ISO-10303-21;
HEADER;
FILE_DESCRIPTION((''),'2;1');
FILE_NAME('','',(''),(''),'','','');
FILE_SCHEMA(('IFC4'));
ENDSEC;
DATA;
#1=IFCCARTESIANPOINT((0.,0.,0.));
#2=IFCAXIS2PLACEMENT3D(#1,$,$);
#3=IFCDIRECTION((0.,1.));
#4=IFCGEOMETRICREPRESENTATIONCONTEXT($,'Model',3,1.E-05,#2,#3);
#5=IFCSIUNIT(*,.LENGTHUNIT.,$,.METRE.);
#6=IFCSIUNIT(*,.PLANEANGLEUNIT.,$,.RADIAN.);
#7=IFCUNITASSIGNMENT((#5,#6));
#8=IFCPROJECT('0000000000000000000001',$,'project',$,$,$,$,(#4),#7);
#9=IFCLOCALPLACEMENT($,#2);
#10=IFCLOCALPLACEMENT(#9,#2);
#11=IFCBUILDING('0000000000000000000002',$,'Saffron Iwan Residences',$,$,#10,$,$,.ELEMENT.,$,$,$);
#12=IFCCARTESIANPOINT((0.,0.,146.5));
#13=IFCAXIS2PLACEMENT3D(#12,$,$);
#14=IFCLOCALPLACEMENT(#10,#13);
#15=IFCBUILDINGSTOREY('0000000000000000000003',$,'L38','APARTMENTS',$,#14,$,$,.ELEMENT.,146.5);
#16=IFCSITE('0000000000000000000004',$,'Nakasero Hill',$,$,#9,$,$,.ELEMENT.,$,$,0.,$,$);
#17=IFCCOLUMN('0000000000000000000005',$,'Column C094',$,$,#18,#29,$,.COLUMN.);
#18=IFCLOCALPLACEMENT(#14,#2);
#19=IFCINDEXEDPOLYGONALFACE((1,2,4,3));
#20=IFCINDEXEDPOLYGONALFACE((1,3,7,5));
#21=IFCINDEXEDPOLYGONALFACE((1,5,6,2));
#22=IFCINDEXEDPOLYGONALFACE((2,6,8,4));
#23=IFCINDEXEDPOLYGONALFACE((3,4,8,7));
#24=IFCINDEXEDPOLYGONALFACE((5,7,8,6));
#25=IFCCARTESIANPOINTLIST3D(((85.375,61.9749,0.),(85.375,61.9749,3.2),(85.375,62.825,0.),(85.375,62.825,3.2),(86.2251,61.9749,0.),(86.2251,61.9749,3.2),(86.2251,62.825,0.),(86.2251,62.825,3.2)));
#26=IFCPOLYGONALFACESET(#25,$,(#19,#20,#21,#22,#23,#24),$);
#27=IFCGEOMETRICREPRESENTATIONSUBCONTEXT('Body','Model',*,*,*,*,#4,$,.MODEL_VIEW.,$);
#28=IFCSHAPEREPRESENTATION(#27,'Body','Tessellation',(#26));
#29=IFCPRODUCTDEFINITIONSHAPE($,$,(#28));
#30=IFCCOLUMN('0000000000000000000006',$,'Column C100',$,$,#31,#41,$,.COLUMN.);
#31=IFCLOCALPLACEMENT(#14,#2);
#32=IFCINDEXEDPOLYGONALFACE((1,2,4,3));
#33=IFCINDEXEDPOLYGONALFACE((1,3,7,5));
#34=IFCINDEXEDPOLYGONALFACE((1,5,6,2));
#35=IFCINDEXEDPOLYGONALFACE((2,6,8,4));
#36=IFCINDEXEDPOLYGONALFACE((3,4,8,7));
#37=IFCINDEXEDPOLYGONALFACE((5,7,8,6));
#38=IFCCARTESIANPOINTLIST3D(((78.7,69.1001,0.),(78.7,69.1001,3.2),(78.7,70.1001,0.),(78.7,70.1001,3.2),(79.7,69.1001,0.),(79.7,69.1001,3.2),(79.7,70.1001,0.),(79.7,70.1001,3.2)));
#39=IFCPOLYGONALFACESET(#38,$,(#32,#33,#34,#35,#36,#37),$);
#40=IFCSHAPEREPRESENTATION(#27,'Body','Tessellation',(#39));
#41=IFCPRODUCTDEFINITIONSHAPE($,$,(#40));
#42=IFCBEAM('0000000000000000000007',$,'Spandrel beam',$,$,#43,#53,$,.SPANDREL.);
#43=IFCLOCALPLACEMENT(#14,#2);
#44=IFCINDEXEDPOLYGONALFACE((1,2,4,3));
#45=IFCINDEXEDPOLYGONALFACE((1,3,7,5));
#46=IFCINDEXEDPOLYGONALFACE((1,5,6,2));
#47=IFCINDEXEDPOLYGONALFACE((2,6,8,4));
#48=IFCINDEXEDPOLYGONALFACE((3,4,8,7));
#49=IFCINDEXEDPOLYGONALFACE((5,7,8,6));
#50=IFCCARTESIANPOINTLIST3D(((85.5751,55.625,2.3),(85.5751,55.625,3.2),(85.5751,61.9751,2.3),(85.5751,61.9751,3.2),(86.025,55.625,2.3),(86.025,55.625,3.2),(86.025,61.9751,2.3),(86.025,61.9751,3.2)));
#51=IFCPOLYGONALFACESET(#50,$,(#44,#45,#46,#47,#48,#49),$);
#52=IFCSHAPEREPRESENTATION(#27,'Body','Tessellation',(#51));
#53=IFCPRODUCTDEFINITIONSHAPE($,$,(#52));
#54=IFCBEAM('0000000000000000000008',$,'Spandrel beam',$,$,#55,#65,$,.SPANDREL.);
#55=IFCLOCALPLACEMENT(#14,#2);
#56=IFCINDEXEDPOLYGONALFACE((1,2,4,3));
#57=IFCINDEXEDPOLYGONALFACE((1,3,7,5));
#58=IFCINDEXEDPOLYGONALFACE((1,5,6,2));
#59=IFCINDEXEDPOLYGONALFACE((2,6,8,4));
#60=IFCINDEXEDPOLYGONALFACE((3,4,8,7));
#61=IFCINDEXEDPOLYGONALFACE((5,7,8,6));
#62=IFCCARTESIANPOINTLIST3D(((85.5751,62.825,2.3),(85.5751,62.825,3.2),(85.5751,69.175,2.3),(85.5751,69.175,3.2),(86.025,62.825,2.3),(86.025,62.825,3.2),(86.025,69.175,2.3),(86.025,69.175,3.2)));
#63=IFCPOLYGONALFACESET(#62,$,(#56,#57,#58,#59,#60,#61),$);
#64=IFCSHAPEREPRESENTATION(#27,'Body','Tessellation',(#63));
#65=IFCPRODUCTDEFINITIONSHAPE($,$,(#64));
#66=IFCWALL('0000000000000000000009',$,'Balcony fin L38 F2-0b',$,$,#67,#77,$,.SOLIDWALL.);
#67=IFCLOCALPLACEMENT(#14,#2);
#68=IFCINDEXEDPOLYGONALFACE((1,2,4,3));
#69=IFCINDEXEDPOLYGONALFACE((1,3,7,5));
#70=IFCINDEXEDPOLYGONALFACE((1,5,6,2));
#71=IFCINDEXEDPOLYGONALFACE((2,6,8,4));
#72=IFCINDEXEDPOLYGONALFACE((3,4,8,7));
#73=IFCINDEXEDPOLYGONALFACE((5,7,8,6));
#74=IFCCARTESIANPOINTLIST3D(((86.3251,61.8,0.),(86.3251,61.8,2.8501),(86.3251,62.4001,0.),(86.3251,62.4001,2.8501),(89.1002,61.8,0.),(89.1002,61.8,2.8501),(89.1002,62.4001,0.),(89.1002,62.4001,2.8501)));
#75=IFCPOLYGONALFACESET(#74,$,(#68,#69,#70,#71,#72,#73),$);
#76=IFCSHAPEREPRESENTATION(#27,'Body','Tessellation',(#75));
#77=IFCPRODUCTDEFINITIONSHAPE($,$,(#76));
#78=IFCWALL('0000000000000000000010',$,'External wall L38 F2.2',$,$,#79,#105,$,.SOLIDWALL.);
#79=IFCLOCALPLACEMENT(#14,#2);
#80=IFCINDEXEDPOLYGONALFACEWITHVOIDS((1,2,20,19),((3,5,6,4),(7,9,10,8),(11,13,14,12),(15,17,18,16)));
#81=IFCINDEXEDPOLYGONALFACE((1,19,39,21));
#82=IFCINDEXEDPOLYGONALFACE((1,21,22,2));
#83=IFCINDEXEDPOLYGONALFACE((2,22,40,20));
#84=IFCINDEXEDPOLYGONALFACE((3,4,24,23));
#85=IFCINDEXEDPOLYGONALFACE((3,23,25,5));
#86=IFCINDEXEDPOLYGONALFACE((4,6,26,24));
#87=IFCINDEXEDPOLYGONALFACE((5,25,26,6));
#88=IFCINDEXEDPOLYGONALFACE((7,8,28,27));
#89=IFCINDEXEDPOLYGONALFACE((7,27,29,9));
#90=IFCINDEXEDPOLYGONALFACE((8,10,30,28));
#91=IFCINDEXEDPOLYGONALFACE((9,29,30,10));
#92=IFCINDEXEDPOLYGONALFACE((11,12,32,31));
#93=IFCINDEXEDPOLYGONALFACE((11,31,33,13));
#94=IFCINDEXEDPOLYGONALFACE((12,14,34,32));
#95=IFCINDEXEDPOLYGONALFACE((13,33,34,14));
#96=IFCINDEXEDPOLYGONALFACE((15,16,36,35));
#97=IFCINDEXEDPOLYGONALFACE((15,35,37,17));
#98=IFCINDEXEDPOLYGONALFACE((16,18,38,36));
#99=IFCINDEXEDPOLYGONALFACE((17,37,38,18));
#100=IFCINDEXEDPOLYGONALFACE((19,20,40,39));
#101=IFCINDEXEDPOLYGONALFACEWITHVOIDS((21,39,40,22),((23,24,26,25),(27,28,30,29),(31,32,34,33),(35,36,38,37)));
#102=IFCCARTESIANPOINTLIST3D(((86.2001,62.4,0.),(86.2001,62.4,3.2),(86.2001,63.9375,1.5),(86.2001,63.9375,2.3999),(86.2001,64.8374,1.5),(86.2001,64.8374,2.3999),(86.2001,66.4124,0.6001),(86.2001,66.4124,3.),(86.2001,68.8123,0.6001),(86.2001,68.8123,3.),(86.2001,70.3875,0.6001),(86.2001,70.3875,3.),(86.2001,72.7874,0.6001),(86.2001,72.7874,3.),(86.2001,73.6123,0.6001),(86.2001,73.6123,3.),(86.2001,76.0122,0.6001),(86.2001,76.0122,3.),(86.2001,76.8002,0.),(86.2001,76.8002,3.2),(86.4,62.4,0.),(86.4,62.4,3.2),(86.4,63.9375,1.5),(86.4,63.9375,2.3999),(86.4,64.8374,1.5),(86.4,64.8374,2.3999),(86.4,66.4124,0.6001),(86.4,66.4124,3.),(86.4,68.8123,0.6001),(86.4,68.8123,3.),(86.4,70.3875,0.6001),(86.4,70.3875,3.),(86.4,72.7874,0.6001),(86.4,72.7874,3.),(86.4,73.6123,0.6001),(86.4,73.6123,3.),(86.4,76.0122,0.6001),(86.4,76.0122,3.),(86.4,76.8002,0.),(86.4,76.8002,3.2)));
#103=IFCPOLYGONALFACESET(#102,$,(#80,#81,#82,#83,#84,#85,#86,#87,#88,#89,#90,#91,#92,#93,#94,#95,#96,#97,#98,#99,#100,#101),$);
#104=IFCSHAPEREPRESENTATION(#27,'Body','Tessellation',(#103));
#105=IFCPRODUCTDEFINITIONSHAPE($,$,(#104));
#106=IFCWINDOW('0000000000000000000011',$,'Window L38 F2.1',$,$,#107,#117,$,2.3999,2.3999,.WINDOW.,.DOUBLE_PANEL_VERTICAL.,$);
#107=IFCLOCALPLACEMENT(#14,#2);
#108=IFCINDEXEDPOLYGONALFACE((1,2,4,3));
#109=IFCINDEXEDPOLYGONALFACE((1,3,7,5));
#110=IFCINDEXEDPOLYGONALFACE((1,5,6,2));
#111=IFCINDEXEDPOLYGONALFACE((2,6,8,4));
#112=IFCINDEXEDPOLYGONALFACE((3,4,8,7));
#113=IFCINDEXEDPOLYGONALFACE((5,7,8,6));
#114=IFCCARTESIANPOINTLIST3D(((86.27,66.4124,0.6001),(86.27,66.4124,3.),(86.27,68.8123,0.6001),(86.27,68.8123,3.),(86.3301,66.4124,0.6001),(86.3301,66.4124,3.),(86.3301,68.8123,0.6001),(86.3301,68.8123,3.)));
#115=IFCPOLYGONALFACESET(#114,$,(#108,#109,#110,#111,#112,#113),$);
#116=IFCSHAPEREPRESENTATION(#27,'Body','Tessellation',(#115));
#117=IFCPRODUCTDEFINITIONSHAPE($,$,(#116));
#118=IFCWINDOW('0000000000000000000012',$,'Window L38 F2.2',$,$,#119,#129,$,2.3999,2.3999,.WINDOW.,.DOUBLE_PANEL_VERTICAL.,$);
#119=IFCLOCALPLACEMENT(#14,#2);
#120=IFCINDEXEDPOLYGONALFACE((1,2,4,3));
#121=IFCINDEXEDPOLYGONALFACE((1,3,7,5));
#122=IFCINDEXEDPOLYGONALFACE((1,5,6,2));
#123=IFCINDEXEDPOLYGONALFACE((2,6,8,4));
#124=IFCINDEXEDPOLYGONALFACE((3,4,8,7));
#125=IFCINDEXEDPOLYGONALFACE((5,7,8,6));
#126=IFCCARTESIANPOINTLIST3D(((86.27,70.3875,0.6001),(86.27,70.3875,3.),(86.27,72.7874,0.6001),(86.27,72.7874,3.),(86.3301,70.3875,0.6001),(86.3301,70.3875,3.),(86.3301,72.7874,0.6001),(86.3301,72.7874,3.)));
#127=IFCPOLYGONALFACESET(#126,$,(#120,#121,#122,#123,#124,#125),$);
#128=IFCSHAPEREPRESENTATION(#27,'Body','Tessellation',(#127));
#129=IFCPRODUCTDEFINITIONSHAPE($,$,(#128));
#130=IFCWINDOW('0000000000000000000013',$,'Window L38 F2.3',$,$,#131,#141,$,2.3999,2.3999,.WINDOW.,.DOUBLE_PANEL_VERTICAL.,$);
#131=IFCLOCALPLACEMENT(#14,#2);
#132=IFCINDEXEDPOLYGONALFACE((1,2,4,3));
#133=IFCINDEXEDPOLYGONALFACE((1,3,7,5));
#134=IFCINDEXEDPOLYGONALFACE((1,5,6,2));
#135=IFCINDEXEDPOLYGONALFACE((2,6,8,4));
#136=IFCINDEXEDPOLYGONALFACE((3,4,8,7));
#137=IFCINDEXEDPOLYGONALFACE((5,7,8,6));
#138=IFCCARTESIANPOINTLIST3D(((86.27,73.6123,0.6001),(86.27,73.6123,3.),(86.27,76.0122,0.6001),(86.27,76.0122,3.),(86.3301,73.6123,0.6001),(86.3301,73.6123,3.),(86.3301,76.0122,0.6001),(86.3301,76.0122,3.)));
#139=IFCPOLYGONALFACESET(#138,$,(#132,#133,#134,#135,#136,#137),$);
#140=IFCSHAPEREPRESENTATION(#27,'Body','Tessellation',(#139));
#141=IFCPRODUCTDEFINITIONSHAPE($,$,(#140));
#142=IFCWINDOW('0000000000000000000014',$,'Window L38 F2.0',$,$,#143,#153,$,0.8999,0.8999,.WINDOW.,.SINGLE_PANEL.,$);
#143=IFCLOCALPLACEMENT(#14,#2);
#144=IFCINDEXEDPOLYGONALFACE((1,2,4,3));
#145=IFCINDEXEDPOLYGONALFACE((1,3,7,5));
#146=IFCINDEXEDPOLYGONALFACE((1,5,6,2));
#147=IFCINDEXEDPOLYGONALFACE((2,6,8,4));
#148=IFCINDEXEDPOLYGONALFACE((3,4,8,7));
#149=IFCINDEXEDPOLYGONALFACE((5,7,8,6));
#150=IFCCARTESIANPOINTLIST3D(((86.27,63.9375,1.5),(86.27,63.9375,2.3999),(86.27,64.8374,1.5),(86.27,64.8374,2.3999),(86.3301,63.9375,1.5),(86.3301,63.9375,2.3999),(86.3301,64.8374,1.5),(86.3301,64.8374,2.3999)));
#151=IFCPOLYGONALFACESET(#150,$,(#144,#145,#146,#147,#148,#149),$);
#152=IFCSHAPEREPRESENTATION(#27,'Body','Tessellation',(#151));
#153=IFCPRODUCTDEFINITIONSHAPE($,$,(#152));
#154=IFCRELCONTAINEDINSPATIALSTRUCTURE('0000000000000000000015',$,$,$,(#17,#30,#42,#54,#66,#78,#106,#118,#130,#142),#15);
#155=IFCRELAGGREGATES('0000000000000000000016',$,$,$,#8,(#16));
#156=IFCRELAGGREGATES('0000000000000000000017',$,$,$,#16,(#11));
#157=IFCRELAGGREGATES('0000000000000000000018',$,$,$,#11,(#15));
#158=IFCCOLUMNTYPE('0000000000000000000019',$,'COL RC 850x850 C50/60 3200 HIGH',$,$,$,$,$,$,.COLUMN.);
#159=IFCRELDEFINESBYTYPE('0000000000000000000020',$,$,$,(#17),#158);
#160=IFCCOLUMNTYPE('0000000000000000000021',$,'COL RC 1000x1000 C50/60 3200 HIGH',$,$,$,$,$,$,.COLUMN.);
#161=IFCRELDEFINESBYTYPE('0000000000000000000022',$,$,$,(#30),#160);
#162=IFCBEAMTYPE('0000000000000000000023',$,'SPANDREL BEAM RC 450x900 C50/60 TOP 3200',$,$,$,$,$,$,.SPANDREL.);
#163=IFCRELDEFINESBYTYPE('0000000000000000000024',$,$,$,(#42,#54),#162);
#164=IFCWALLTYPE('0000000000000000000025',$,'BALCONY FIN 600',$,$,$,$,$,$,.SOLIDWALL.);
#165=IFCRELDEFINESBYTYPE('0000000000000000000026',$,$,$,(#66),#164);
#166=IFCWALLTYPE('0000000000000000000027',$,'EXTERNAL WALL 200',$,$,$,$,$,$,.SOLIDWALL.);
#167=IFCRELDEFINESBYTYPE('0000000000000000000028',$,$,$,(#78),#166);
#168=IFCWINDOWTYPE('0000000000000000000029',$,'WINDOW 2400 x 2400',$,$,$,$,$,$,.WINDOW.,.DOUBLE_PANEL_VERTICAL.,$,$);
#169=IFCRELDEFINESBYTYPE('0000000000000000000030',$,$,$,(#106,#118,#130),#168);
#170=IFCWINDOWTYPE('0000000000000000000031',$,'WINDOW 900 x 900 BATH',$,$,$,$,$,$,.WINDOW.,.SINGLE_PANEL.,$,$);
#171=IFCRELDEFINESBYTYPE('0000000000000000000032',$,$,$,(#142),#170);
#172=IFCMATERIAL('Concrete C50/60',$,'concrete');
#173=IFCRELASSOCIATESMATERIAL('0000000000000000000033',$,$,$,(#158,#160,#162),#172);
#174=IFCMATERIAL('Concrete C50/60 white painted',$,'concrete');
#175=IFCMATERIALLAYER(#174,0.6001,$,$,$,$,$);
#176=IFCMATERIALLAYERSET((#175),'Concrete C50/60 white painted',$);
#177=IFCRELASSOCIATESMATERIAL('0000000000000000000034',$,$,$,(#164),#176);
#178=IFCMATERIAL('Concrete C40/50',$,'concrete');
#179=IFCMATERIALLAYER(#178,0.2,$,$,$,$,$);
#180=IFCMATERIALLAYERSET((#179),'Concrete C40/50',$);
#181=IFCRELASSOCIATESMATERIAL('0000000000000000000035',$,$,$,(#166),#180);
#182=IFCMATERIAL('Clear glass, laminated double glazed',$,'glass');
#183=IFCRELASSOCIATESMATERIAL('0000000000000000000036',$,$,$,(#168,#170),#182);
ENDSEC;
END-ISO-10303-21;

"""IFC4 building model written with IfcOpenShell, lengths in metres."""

from ifc_helpers import new_model, si_unit, direction, frame, frame_2d, origin, origin_2d, place, context, subcontext, project, spatial, rectangle, extrude, source, transform, mapped, material, layer, layer_set, material_profile, profile_set, type_object, element, fill, save


model = new_model("IFC4")

# Units and contexts
model_context = context("Model", 3, precision=1e-05, world=origin(), true_north=direction((0.0, 1.0)))
body_context = subcontext(model_context, "Body", "Model", "MODEL_VIEW")
ifc_project = project(units=[si_unit("LENGTHUNIT", "METRE"), si_unit("PLANEANGLEUNIT", "RADIAN")], contexts=[model_context])

# Site, building, storey
site_placement = place(None, origin())
site = spatial("IfcSite", under=ifc_project, at=site_placement, Name="Nakasero Hill", CompositionType="ELEMENT", RefElevation=0.0)
building_placement = place(site_placement, origin())
building = spatial("IfcBuilding", under=site, at=building_placement, Name="Saffron Iwan Residences", CompositionType="ELEMENT")
storey_placement = place(building_placement, frame((0.0, 0.0, 146.5)))
storey = spatial("IfcBuildingStorey", under=building, at=storey_placement, Name="L38", Description="APARTMENTS", CompositionType="ELEMENT", Elevation=146.5)

# Columns
ifc_material_1 = material(Name="Concrete C50/60", Category="concrete")
ifc_material_profile_1 = material_profile(ifc_material_1, rectangle(XDim=0.8501, YDim=0.8501, at=origin_2d()), Name="RC 850x850")
ifc_profile_set_1 = profile_set([ifc_material_profile_1], Name="Concrete C50/60")
column_type_1 = type_object("IfcColumnType", Name="COL RC 850x850 C50/60 3200 HIGH", PredefinedType="COLUMN", material=ifc_profile_set_1)
shared_shape_1 = source(origin(), body_context, "Body", "SweptSolid", [
    extrude(rectangle(XDim=0.8501, YDim=0.8501, at=origin_2d()), origin(), (0.0, 0.0, 1.0), 3.2),
])
column_1_placement = place(storey_placement, frame((85.8, 62.3999, 0.0), z_axis=(0.0, 0.0, 1.0), x_axis=(1.0, 0.0, 0.0)))
element("IfcColumn", 1, at=column_1_placement, inside=storey, type_object=column_type_1, Name="Column C094", PredefinedType="COLUMN", context=body_context, shape_type="MappedRepresentation", body=[
    mapped(shared_shape_1, transform((0.0, 0.0, 0.0))),
])
ifc_material_profile_2 = material_profile(ifc_material_1, rectangle(XDim=1.0, YDim=1.0, at=origin_2d()), Name="RC 1000x1000")
ifc_profile_set_2 = profile_set([ifc_material_profile_2], Name="Concrete C50/60")
column_type_2 = type_object("IfcColumnType", Name="COL RC 1000x1000 C50/60 3200 HIGH", PredefinedType="COLUMN", material=ifc_profile_set_2)
shared_shape_2 = source(origin(), body_context, "Body", "SweptSolid", [
    extrude(rectangle(XDim=1.0, YDim=1.0, at=origin_2d()), origin(), (0.0, 0.0, 1.0), 3.2),
])
column_2_placement = place(storey_placement, frame((79.2, 69.6001, 0.0), z_axis=(0.0, 0.0, 1.0), x_axis=(1.0, 0.0, 0.0)))
element("IfcColumn", 2, at=column_2_placement, inside=storey, type_object=column_type_2, Name="Column C100", PredefinedType="COLUMN", context=body_context, shape_type="MappedRepresentation", body=[
    mapped(shared_shape_2, transform((0.0, 0.0, 0.0))),
])

# Beams
ifc_material_profile_3 = material_profile(ifc_material_1, rectangle(XDim=0.45, YDim=0.8999, at=origin_2d()), Name="RC 450x900")
ifc_profile_set_3 = profile_set([ifc_material_profile_3], Name="Concrete C50/60")
beam_type = type_object("IfcBeamType", Name="SPANDREL BEAM RC 450x900 C50/60 TOP 3200", PredefinedType="SPANDREL", material=ifc_profile_set_3)
shared_shape_3 = source(origin(), body_context, "Body", "SweptSolid", [
    extrude(rectangle(XDim=0.45, YDim=0.8999, at=origin_2d()), origin(), (0.0, 0.0, 1.0), 6.3501),
])
for number, where, z_axis, x_axis, name in (
    (3, (85.8, 61.9751, 2.75), (0.0, -1.0, 0.0), (1.0, 0.0, 0.0), "Spandrel beam"),
    (4, (85.8, 69.175, 2.75), (0.0, -1.0, 0.0), (1.0, 0.0, 0.0), "Spandrel beam"),
):
    element("IfcBeam", number, at=place(storey_placement, frame(where, z_axis=z_axis, x_axis=x_axis)), inside=storey, type_object=beam_type, Name=name, PredefinedType="SPANDREL", context=body_context, shape_type="MappedRepresentation", body=[
        mapped(shared_shape_3, transform((0.0, 0.0, 0.0))),
    ])

# Wall
ifc_material_2 = material(Name="Concrete C50/60 white painted", Category="concrete")
ifc_layer_1 = layer(ifc_material_2, 0.6001)
ifc_layer_set_1 = layer_set([ifc_layer_1], Name="Concrete C50/60 white painted")
wall_type_1 = type_object("IfcWallType", Name="BALCONY FIN 600", PredefinedType="SOLIDWALL", material=ifc_layer_set_1)
wall_1_placement = place(storey_placement, frame((86.325, 62.1001, 0.0), z_axis=(0.0, 0.0, 1.0), x_axis=(1.0, 0.0, 0.0)))
element("IfcWall", 5, at=wall_1_placement, inside=storey, type_object=wall_type_1, Name="Balcony fin L38 F2-0b", PredefinedType="SOLIDWALL", context=body_context, shape_type="SweptSolid", body=[
    extrude(rectangle(XDim=2.7751, YDim=0.6001, at=frame_2d((1.3877, 0.0))), origin(), (0.0, 0.0, 1.0), 2.8501),
])

# Wall, openings, windows
ifc_material_3 = material(Name="Concrete C40/50", Category="concrete")
ifc_layer_2 = layer(ifc_material_3, 0.2)
ifc_layer_set_2 = layer_set([ifc_layer_2], Name="Concrete C40/50")
wall_type_2 = type_object("IfcWallType", Name="EXTERNAL WALL 200", PredefinedType="SOLIDWALL", material=ifc_layer_set_2)
wall_2_placement = place(storey_placement, frame((86.3, 62.3999, 0.0), z_axis=(0.0, 0.0, 1.0), x_axis=(0.0, 1.0, 0.0)))
wall_2 = element("IfcWall", 6, at=wall_2_placement, inside=storey, type_object=wall_type_2, Name="External wall L38 F2.2", PredefinedType="SOLIDWALL", context=body_context, shape_type="SweptSolid", body=[
    extrude(rectangle(XDim=14.4001, YDim=0.2, at=frame_2d((7.2002, 0.0))), origin(), (0.0, 0.0, 1.0), 3.2),
])
opening_1_placement = place(wall_2_placement, frame((1.5376, 0.0, 1.5)))
opening_1 = element("IfcOpeningElement", 7, at=opening_1_placement, cuts=wall_2, PredefinedType="OPENING", context=body_context, shape_type="SweptSolid", body=[
    extrude(rectangle(XDim=0.8999, YDim=0.8999, at=frame_2d((0.45, 0.45))), frame((0.0, 0.1099, 0.0), z_axis=(0.0, -1.0, 0.0), x_axis=(1.0, 0.0, 0.0)), (0.0, 0.0, 1.0), 0.22),
])
opening_2_placement = place(wall_2_placement, frame((4.0125, 0.0, 0.6001)))
opening_2 = element("IfcOpeningElement", 8, at=opening_2_placement, cuts=wall_2, PredefinedType="OPENING", context=body_context, shape_type="SweptSolid", body=[
    extrude(rectangle(XDim=2.3999, YDim=2.3999, at=frame_2d((1.2, 1.2))), frame((0.0, 0.1099, 0.0), z_axis=(0.0, -1.0, 0.0), x_axis=(1.0, 0.0, 0.0)), (0.0, 0.0, 1.0), 0.22),
])
opening_3_placement = place(wall_2_placement, frame((7.9875, 0.0, 0.6001)))
opening_3 = element("IfcOpeningElement", 9, at=opening_3_placement, cuts=wall_2, PredefinedType="OPENING", context=body_context, shape_type="SweptSolid", body=[
    extrude(rectangle(XDim=2.3999, YDim=2.3999, at=frame_2d((1.2, 1.2))), frame((0.0, 0.1099, 0.0), z_axis=(0.0, -1.0, 0.0), x_axis=(1.0, 0.0, 0.0)), (0.0, 0.0, 1.0), 0.22),
])
opening_4_placement = place(wall_2_placement, frame((11.2124, 0.0, 0.6001)))
opening_4 = element("IfcOpeningElement", 10, at=opening_4_placement, cuts=wall_2, PredefinedType="OPENING", context=body_context, shape_type="SweptSolid", body=[
    extrude(rectangle(XDim=2.3999, YDim=2.3999, at=frame_2d((1.2, 1.2))), frame((0.0, 0.1099, 0.0), z_axis=(0.0, -1.0, 0.0), x_axis=(1.0, 0.0, 0.0)), (0.0, 0.0, 1.0), 0.22),
])
ifc_material_4 = material(Name="Clear glass, laminated double glazed", Category="glass")
window_type_1 = type_object("IfcWindowType", Name="WINDOW 2400 x 2400", PartitioningType="DOUBLE_PANEL_VERTICAL", PredefinedType="WINDOW", material=ifc_material_4)
window_1_placement = place(opening_2_placement, origin())
window_1 = element("IfcWindow", 11, at=window_1_placement, inside=storey, type_object=window_type_1, Name="Window L38 F2.1", OverallHeight=2.3999, OverallWidth=2.3999, PartitioningType="DOUBLE_PANEL_VERTICAL", PredefinedType="WINDOW", context=body_context, shape_type="SweptSolid", body=[
    extrude(rectangle(XDim=2.3999, YDim=2.3999, at=frame_2d((1.2, 1.2))), frame((0.0, 0.03, 0.0), z_axis=(0.0, -1.0, 0.0), x_axis=(1.0, 0.0, 0.0)), (0.0, 0.0, 1.0), 0.0601),
])
fill(opening_2, window_1)
window_2_placement = place(opening_3_placement, origin())
window_2 = element("IfcWindow", 12, at=window_2_placement, inside=storey, type_object=window_type_1, Name="Window L38 F2.2", OverallHeight=2.3999, OverallWidth=2.3999, PartitioningType="DOUBLE_PANEL_VERTICAL", PredefinedType="WINDOW", context=body_context, shape_type="SweptSolid", body=[
    extrude(rectangle(XDim=2.3999, YDim=2.3999, at=frame_2d((1.2, 1.2))), frame((0.0, 0.03, 0.0), z_axis=(0.0, -1.0, 0.0), x_axis=(1.0, 0.0, 0.0)), (0.0, 0.0, 1.0), 0.0601),
])
fill(opening_3, window_2)
window_3_placement = place(opening_4_placement, origin())
window_3 = element("IfcWindow", 13, at=window_3_placement, inside=storey, type_object=window_type_1, Name="Window L38 F2.3", OverallHeight=2.3999, OverallWidth=2.3999, PartitioningType="DOUBLE_PANEL_VERTICAL", PredefinedType="WINDOW", context=body_context, shape_type="SweptSolid", body=[
    extrude(rectangle(XDim=2.3999, YDim=2.3999, at=frame_2d((1.2, 1.2))), frame((0.0, 0.03, 0.0), z_axis=(0.0, -1.0, 0.0), x_axis=(1.0, 0.0, 0.0)), (0.0, 0.0, 1.0), 0.0601),
])
fill(opening_4, window_3)
window_type_2 = type_object("IfcWindowType", Name="WINDOW 900 x 900 BATH", PartitioningType="SINGLE_PANEL", PredefinedType="WINDOW", material=ifc_material_4)
window_4_placement = place(opening_1_placement, origin())
window_4 = element("IfcWindow", 14, at=window_4_placement, inside=storey, type_object=window_type_2, Name="Window L38 F2.0", OverallHeight=0.8999, OverallWidth=0.8999, PartitioningType="SINGLE_PANEL", PredefinedType="WINDOW", context=body_context, shape_type="SweptSolid", body=[
    extrude(rectangle(XDim=0.8999, YDim=0.8999, at=frame_2d((0.45, 0.45))), frame((0.0, 0.03, 0.0), z_axis=(0.0, -1.0, 0.0), x_axis=(1.0, 0.0, 0.0)), (0.0, 0.0, 1.0), 0.0601),
])
fill(opening_1, window_4)

save(model, "model.ifc")
